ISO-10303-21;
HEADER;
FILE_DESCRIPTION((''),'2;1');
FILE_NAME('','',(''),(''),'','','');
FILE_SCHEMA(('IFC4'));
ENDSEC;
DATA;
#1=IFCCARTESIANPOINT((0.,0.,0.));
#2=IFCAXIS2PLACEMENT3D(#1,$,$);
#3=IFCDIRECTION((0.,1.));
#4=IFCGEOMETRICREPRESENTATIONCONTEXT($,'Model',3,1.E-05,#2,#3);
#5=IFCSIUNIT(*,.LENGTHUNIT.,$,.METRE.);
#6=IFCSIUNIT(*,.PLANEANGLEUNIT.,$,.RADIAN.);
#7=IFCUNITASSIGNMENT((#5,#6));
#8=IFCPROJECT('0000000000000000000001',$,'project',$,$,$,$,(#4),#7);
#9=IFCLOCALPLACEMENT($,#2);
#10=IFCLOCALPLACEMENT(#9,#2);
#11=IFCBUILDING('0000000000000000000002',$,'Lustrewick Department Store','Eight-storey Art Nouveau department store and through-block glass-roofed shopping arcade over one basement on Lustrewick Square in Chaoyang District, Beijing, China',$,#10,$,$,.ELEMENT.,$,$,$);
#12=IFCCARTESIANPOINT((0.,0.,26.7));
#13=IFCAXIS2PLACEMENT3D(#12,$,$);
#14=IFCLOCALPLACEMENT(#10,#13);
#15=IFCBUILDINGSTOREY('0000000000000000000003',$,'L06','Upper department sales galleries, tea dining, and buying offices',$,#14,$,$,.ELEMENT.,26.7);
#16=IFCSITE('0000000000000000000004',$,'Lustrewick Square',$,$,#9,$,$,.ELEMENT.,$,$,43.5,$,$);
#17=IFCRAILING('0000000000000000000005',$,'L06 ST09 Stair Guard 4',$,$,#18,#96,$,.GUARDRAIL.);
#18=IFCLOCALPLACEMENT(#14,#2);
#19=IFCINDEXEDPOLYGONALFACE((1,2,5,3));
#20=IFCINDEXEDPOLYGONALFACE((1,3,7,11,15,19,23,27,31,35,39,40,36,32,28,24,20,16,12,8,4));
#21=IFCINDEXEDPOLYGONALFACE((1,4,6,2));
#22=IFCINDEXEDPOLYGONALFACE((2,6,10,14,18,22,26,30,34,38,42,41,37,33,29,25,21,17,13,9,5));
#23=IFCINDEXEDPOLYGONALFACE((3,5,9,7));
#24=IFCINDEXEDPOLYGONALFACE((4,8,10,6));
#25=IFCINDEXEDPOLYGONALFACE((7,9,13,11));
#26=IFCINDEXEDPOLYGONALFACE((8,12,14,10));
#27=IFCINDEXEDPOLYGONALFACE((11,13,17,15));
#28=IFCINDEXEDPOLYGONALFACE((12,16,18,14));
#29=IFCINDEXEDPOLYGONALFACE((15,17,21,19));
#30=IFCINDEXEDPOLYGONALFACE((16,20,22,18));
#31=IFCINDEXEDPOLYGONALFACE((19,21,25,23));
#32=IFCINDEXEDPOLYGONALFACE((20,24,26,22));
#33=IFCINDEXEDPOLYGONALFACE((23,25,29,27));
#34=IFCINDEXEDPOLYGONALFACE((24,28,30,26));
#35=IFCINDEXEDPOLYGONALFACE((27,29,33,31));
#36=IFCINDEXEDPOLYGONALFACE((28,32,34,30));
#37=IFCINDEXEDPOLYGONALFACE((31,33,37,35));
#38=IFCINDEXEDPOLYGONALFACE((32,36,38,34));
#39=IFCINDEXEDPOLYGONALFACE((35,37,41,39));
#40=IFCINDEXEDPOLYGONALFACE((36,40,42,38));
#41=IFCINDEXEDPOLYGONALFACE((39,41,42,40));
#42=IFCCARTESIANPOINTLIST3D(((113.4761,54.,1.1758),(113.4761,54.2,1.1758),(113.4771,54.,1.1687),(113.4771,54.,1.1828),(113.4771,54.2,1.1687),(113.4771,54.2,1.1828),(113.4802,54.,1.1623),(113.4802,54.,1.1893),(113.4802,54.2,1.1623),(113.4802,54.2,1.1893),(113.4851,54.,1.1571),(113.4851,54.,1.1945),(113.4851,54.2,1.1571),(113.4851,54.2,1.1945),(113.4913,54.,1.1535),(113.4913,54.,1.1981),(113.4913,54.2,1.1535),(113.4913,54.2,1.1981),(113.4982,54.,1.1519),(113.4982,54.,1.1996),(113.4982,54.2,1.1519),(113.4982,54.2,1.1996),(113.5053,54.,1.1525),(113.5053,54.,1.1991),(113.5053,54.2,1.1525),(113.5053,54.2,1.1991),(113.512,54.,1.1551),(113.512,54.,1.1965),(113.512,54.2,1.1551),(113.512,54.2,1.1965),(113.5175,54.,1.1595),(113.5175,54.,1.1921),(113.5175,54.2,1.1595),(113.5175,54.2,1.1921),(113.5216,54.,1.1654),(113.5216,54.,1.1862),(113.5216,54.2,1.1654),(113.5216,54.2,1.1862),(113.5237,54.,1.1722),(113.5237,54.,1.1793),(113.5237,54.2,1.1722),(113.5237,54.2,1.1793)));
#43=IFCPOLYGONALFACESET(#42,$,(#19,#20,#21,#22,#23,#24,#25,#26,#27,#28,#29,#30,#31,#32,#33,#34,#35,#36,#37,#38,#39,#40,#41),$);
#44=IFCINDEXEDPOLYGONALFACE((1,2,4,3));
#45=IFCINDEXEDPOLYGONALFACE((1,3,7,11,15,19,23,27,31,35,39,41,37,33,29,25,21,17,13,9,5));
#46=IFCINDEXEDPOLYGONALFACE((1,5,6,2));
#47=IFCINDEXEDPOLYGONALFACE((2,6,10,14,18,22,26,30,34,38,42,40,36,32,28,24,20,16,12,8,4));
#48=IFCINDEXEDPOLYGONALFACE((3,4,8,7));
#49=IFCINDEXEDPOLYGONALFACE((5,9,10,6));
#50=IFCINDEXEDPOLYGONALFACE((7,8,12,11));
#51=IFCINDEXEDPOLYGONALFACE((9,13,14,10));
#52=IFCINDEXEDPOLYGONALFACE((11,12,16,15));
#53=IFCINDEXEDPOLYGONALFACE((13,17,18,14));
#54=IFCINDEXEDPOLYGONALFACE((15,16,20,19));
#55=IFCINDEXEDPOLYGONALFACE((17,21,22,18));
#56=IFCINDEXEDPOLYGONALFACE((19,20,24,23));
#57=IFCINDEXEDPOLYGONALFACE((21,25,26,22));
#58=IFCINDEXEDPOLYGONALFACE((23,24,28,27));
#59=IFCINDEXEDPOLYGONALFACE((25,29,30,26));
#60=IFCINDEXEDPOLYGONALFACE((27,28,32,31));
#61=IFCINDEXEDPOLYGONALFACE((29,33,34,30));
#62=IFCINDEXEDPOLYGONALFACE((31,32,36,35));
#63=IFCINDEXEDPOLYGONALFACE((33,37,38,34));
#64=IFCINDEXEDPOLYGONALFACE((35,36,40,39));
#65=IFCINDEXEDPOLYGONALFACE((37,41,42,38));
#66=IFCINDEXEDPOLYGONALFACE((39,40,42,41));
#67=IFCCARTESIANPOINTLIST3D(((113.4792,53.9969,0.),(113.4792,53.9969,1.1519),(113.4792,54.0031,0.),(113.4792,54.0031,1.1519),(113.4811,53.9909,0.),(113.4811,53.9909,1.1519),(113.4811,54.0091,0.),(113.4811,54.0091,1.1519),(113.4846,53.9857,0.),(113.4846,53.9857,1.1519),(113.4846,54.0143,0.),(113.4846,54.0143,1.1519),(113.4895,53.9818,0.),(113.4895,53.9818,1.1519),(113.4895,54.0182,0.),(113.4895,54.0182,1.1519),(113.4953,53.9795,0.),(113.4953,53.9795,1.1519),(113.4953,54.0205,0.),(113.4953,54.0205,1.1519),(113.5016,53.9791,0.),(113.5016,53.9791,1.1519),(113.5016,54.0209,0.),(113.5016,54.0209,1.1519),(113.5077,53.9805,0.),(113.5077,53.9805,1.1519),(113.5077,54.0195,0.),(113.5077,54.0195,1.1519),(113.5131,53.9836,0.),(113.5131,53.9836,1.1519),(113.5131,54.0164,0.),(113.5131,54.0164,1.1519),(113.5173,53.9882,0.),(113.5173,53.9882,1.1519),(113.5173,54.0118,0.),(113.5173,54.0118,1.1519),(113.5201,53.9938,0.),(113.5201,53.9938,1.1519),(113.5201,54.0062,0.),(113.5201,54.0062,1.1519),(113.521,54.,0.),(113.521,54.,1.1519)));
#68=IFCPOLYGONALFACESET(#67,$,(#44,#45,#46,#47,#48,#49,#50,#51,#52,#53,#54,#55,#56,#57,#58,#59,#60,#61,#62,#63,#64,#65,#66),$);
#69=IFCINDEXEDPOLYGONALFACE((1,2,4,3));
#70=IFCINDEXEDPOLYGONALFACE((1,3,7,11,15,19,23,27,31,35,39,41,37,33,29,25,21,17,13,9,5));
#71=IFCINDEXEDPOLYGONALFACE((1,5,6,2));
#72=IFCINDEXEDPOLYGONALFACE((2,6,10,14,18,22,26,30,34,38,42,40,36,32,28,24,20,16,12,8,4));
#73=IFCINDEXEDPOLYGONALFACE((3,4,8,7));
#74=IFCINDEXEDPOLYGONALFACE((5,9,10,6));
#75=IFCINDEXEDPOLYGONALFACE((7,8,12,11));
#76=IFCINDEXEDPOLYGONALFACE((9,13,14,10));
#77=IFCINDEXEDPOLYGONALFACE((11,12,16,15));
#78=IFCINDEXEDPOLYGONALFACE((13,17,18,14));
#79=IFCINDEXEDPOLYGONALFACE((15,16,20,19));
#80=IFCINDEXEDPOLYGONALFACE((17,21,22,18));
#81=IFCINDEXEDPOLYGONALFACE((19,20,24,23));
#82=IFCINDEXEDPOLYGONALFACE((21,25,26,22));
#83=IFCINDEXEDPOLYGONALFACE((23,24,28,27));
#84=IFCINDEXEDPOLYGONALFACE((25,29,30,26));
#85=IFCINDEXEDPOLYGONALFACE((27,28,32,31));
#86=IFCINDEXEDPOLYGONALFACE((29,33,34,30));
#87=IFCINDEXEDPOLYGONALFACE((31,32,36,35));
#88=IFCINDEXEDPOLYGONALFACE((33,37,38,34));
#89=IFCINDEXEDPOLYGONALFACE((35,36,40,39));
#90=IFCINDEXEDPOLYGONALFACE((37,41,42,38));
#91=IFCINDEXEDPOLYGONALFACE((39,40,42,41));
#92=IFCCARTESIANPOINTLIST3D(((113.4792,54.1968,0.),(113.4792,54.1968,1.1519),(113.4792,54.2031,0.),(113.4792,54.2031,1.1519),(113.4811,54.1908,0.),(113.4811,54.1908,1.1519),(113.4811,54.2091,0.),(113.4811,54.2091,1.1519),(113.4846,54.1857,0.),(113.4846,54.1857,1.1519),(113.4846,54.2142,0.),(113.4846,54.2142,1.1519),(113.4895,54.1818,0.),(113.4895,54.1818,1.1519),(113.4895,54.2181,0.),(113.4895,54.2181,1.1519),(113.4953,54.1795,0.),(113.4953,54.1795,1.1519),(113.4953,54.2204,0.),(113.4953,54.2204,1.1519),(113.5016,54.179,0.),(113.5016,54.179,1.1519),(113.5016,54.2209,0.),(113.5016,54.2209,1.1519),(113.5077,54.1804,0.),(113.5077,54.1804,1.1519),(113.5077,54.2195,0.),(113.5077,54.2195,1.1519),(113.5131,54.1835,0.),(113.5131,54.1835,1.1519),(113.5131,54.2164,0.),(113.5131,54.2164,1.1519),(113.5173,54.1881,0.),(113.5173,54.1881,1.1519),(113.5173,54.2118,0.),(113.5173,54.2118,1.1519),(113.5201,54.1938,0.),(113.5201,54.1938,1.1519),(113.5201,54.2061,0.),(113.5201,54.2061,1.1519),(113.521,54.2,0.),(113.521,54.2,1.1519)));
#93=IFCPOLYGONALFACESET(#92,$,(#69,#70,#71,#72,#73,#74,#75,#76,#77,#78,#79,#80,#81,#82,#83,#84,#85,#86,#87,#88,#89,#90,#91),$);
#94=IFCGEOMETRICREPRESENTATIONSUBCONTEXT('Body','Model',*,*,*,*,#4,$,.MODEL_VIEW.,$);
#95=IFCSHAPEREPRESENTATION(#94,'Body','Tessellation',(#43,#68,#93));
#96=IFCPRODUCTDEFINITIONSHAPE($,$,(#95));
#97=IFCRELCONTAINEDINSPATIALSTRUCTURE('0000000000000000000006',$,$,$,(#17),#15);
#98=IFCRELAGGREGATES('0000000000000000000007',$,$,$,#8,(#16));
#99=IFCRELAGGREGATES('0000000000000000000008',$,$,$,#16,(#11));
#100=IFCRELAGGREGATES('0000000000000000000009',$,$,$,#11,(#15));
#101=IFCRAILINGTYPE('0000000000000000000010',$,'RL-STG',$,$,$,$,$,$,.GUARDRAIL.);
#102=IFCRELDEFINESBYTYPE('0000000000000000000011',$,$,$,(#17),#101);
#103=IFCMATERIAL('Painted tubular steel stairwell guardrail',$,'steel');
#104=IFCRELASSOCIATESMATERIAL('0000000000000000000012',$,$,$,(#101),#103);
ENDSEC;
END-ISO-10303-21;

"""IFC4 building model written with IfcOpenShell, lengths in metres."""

from ifc_helpers import new_model, si_unit, direction, frame, origin, origin_2d, place, context, subcontext, project, spatial, circle, extrude, material, type_object, element, save


model = new_model("IFC4")

# Units and contexts
model_context = context("Model", 3, precision=1e-05, world=origin(), true_north=direction((0.0, 1.0)))
body_context = subcontext(model_context, "Body", "Model", "MODEL_VIEW")
ifc_project = project(units=[si_unit("LENGTHUNIT", "METRE"), si_unit("PLANEANGLEUNIT", "RADIAN")], contexts=[model_context])

# Site, building, storey
site_placement = place(None, origin())
site = spatial("IfcSite", under=ifc_project, at=site_placement, Name="Lustrewick Square", CompositionType="ELEMENT", RefElevation=43.5)
building_placement = place(site_placement, origin())
building = spatial("IfcBuilding", under=site, at=building_placement, Name="Lustrewick Department Store", Description="Eight-storey Art Nouveau department store and through-block glass-roofed shopping arcade over one basement on Lustrewick Square in Chaoyang District, Beijing, China", CompositionType="ELEMENT")
storey_placement = place(building_placement, frame((0.0, 0.0, 26.7)))
storey = spatial("IfcBuildingStorey", under=building, at=storey_placement, Name="L06", Description="Upper department sales galleries, tea dining, and buying offices", CompositionType="ELEMENT", Elevation=26.7)

# Railing
ifc_material_1 = material(Name="Painted tubular steel stairwell guardrail", Category="steel")
railing_type_1 = type_object("IfcRailingType", Name="RL-STG", PredefinedType="GUARDRAIL", material=ifc_material_1)
railing_1_placement = place(storey_placement, frame((113.5, 54.0, 0.0)))
element("IfcRailing", 1, at=railing_1_placement, inside=storey, type_object=railing_type_1, Name="L06 ST09 Stair Guard 4", PredefinedType="GUARDRAIL", context=body_context, shape_type="SweptSolid", body=[
    extrude(circle(Radius=0.0239, at=origin_2d()), frame((0.0, 0.0, 1.1758), z_axis=(0.0, 1.0, 0.0), x_axis=(-1.0, 0.0, 0.0)), (0.0, 0.0, 1.0), 0.2),
    extrude(circle(Radius=0.021, at=origin_2d()), origin(), (0.0, 0.0, 1.0), 1.1519),
    extrude(circle(Radius=0.021, at=origin_2d()), frame((0.0, 0.2, 0.0)), (0.0, 0.0, 1.0), 1.1519),
])

save(model, "model.ifc")
